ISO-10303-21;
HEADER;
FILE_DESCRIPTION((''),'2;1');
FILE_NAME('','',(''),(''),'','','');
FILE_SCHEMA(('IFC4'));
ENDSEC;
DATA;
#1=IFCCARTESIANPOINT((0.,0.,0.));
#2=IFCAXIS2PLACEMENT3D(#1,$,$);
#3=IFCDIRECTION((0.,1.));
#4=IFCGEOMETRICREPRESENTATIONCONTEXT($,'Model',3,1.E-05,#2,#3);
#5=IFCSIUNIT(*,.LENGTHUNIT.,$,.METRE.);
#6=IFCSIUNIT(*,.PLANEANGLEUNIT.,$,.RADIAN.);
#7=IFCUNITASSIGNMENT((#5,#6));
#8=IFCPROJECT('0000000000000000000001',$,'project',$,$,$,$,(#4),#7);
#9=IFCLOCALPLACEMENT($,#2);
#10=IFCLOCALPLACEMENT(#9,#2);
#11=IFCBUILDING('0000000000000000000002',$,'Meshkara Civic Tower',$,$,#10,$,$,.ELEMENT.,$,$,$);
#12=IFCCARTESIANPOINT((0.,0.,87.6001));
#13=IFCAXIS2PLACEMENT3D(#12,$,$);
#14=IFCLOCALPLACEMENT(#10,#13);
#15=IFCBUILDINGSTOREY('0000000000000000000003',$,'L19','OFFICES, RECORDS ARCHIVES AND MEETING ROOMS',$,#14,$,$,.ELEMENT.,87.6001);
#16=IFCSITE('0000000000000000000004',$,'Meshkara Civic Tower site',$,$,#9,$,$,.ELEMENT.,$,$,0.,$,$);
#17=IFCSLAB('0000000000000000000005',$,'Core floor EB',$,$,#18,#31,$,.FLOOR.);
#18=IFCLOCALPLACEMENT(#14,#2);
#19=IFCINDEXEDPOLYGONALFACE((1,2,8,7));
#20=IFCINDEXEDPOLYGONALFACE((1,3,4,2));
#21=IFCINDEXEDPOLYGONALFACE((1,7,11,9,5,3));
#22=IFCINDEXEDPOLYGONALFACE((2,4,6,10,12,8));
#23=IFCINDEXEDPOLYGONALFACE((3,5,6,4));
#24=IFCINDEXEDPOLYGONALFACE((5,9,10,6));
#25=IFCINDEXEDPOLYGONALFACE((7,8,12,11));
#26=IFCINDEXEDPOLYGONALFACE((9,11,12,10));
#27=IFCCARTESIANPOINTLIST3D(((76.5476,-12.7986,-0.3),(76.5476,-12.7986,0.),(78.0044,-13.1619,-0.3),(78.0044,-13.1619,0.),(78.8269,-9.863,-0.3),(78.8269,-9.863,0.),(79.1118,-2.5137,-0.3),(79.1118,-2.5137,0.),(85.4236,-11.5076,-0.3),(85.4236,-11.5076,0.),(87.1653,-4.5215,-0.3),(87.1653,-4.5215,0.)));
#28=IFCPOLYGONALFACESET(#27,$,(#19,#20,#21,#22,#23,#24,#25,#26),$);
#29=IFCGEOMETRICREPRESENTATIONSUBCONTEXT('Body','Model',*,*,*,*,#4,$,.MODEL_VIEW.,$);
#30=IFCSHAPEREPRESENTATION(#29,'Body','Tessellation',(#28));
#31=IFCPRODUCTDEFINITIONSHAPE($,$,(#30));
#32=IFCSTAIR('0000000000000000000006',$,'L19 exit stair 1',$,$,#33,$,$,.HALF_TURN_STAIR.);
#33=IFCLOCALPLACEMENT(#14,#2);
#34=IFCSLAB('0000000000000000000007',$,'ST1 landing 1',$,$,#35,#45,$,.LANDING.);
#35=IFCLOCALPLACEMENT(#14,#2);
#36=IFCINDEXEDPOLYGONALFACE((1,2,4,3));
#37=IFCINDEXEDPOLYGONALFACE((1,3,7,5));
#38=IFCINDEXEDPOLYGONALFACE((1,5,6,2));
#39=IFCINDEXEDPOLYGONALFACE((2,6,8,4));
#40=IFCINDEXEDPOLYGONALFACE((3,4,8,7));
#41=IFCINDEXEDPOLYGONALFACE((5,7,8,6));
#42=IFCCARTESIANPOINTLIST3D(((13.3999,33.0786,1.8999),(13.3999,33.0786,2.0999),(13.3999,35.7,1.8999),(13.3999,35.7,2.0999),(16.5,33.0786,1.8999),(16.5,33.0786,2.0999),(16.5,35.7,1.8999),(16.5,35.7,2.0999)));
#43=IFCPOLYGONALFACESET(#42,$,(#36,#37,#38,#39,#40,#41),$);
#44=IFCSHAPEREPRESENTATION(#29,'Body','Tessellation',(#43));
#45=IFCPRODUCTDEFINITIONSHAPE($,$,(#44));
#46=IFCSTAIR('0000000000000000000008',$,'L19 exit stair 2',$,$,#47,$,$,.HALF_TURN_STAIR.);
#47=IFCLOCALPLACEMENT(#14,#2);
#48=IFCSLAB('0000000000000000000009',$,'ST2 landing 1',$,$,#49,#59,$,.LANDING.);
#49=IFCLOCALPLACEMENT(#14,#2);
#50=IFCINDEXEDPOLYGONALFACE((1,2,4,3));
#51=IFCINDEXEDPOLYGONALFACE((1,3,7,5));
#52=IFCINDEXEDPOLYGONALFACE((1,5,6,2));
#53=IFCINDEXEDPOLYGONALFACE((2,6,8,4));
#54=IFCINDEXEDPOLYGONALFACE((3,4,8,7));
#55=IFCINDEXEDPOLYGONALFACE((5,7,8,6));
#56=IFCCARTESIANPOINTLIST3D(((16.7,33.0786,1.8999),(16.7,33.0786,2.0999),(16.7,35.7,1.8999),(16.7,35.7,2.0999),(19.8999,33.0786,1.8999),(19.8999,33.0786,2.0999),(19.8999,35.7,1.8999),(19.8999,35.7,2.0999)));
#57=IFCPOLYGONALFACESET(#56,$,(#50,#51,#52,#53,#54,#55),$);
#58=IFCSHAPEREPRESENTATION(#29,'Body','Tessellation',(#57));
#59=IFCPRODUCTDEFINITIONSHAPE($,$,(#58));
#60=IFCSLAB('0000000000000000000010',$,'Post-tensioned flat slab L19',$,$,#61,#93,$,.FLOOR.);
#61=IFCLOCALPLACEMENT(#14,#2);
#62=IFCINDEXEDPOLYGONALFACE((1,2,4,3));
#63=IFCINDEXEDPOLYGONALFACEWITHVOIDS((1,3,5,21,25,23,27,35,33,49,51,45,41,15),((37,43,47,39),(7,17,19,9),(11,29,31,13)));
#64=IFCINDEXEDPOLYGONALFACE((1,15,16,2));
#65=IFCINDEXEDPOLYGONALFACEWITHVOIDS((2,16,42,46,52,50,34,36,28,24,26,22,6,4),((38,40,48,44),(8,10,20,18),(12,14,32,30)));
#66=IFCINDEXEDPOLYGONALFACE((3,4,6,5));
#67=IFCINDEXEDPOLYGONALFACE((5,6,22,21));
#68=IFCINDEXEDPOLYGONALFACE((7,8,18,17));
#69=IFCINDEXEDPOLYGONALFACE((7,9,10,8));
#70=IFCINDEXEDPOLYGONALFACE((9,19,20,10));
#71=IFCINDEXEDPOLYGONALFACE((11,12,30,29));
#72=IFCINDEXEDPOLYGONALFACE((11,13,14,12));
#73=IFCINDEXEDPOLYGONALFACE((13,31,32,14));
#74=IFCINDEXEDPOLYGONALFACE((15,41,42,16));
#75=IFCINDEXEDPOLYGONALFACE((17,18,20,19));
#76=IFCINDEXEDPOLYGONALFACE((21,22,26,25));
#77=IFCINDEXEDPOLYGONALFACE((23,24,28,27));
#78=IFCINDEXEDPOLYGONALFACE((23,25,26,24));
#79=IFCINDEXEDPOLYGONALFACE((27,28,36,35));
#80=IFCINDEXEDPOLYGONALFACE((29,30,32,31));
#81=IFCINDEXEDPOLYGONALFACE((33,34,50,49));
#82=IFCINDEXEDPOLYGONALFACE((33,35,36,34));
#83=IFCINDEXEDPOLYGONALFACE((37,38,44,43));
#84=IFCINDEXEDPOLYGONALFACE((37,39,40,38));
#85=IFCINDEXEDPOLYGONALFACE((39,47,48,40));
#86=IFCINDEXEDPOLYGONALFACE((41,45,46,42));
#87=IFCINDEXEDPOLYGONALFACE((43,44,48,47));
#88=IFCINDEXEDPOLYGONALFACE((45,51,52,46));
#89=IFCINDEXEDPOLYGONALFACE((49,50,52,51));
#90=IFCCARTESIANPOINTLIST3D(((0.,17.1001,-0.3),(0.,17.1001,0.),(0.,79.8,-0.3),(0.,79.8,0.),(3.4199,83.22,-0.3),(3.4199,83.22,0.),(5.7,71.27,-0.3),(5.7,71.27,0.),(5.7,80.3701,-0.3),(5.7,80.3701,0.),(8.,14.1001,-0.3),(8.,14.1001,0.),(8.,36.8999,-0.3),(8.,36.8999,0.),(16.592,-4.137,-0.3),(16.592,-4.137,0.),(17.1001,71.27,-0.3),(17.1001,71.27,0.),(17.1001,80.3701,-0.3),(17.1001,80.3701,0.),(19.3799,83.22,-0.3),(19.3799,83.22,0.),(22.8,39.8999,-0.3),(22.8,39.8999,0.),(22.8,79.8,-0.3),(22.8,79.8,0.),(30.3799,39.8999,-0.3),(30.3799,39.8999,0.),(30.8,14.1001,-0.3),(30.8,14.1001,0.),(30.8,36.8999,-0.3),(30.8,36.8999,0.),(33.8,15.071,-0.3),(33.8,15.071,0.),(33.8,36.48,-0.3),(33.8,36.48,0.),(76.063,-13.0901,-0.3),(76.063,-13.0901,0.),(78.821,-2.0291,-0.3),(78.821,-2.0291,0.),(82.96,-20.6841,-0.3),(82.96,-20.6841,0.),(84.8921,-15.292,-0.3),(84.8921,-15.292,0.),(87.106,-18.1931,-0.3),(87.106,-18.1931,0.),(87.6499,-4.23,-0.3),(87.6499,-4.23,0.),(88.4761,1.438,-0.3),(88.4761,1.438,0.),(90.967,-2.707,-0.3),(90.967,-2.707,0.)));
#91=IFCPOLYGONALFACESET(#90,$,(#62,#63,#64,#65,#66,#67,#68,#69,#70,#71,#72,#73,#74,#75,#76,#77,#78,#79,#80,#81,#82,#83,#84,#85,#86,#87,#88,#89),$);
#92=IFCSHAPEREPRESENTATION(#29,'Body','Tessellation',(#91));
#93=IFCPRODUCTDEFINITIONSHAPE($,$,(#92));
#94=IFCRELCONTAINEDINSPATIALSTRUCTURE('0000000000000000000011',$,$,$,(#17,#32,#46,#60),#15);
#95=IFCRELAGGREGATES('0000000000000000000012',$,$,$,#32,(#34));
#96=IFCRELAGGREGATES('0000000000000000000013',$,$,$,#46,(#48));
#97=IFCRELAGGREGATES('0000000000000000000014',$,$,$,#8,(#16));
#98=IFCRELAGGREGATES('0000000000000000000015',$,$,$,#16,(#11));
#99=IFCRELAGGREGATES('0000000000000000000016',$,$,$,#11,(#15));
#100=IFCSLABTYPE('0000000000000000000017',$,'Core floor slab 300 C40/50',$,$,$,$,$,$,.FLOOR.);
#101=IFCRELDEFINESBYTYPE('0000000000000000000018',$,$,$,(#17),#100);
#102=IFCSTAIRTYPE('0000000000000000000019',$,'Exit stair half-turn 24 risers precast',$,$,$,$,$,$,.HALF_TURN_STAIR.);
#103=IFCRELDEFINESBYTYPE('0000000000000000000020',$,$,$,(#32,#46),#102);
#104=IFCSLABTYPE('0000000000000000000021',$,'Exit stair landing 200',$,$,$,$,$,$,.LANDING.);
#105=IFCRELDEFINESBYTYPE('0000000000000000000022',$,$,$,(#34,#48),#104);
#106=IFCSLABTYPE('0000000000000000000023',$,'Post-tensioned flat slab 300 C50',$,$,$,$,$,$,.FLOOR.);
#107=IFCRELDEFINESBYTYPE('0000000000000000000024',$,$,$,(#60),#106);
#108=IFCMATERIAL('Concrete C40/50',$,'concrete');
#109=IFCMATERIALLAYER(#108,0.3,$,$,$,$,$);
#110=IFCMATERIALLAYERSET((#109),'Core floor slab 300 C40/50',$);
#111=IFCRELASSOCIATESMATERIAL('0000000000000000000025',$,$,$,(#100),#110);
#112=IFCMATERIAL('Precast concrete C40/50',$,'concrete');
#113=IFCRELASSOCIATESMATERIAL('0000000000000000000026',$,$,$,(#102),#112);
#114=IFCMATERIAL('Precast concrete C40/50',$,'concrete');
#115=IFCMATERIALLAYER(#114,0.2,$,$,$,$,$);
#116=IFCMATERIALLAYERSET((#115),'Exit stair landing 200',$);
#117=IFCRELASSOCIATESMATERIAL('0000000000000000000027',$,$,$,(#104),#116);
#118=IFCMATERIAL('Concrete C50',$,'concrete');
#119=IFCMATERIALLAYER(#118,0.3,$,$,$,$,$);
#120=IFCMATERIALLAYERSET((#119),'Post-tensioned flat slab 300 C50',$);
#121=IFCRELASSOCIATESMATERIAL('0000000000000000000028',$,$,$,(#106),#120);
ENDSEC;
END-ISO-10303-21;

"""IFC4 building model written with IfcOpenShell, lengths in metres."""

from ifc_helpers import new_model, si_unit, direction, frame, origin, place, context, subcontext, project, spatial, polyline, outline, extrude, material, layer, layer_set, type_object, element, aggregate, save


model = new_model("IFC4")

# Units and contexts
model_context = context("Model", 3, precision=1e-05, world=origin(), true_north=direction((0.0, 1.0)))
body_context = subcontext(model_context, "Body", "Model", "MODEL_VIEW")
ifc_project = project(units=[si_unit("LENGTHUNIT", "METRE"), si_unit("PLANEANGLEUNIT", "RADIAN")], contexts=[model_context])

# Site, building, storey
site_placement = place(None, origin())
site = spatial("IfcSite", under=ifc_project, at=site_placement, Name="Meshkara Civic Tower site", CompositionType="ELEMENT", RefElevation=0.0)
building_placement = place(site_placement, origin())
building = spatial("IfcBuilding", under=site, at=building_placement, Name="Meshkara Civic Tower", CompositionType="ELEMENT")
storey_placement = place(building_placement, frame((0.0, 0.0, 87.6001)))
storey = spatial("IfcBuildingStorey", under=building, at=storey_placement, Name="L19", Description="OFFICES, RECORDS ARCHIVES AND MEETING ROOMS", CompositionType="ELEMENT", Elevation=87.6001)

# Slab
ifc_material_1 = material(Name="Concrete C40/50", Category="concrete")
ifc_layer_1 = layer(ifc_material_1, 0.3)
ifc_layer_set_1 = layer_set([ifc_layer_1], Name="Core floor slab 300 C40/50")
slab_type_1 = type_object("IfcSlabType", Name="Core floor slab 300 C40/50", PredefinedType="FLOOR", material=ifc_layer_set_1)
slab_1_placement = place(storey_placement, frame((0.0, 0.0, -0.3)))
element("IfcSlab", 1, at=slab_1_placement, inside=storey, type_object=slab_type_1, Name="Core floor EB", PredefinedType="FLOOR", context=body_context, shape_type="SweptSolid", body=[
    extrude(outline(polyline([(79.1118, -2.5137), (87.1653, -4.5215), (85.4236, -11.5076), (78.8269, -9.863), (78.0044, -13.1619), (76.5476, -12.7986), (79.1118, -2.5137)])), origin(), (0.0, 0.0, 1.0), 0.3),
])

# Stairs, slabs
ifc_material_2 = material(Name="Precast concrete C40/50", Category="concrete")
stair_type = type_object("IfcStairType", Name="Exit stair half-turn 24 risers precast", PredefinedType="HALF_TURN_STAIR", material=ifc_material_2)
stair_1_placement = place(storey_placement, origin())
stair_1 = element("IfcStair", 2, at=stair_1_placement, inside=storey, type_object=stair_type, Name="L19 exit stair 1", PredefinedType="HALF_TURN_STAIR")
ifc_material_3 = material(Name="Precast concrete C40/50", Category="concrete")
ifc_layer_2 = layer(ifc_material_3, 0.2)
ifc_layer_set_2 = layer_set([ifc_layer_2], Name="Exit stair landing 200")
slab_type_2 = type_object("IfcSlabType", Name="Exit stair landing 200", PredefinedType="LANDING", material=ifc_layer_set_2)
slab_2_placement = place(storey_placement, frame((0.0, 0.0, 1.8999)))
slab_2 = element("IfcSlab", 3, at=slab_2_placement, type_object=slab_type_2, Name="ST1 landing 1", PredefinedType="LANDING", context=body_context, shape_type="SweptSolid", body=[
    extrude(outline(polyline([(16.5, 33.0786), (16.5, 35.7), (13.3999, 35.7), (13.3999, 33.0786), (16.5, 33.0786)])), origin(), (0.0, 0.0, 1.0), 0.2),
])
aggregate(stair_1, [slab_2])
stair_2_placement = place(storey_placement, origin())
stair_2 = element("IfcStair", 4, at=stair_2_placement, inside=storey, type_object=stair_type, Name="L19 exit stair 2", PredefinedType="HALF_TURN_STAIR")
slab_3_placement = place(storey_placement, frame((0.0, 0.0, 1.8999)))
slab_3 = element("IfcSlab", 5, at=slab_3_placement, type_object=slab_type_2, Name="ST2 landing 1", PredefinedType="LANDING", context=body_context, shape_type="SweptSolid", body=[
    extrude(outline(polyline([(19.8999, 33.0786), (19.8999, 35.7), (16.7, 35.7), (16.7, 33.0786), (19.8999, 33.0786)])), origin(), (0.0, 0.0, 1.0), 0.2),
])
aggregate(stair_2, [slab_3])

# Slab
ifc_material_4 = material(Name="Concrete C50", Category="concrete")
ifc_layer_3 = layer(ifc_material_4, 0.3)
ifc_layer_set_3 = layer_set([ifc_layer_3], Name="Post-tensioned flat slab 300 C50")
slab_type_3 = type_object("IfcSlabType", Name="Post-tensioned flat slab 300 C50", PredefinedType="FLOOR", material=ifc_layer_set_3)
slab_4_placement = place(storey_placement, frame((0.0, 0.0, -0.3)))
element("IfcSlab", 6, at=slab_4_placement, inside=storey, type_object=slab_type_3, Name="Post-tensioned flat slab L19", PredefinedType="FLOOR", context=body_context, shape_type="SweptSolid", body=[
    extrude(outline(polyline([(87.106, -18.1931), (82.96, -20.6841), (16.592, -4.137), (0.0, 17.1001), (0.0, 79.8), (3.4199, 83.22), (19.3799, 83.22), (22.8, 79.8), (22.8, 39.8999), (30.3799, 39.8999), (33.8, 36.48), (33.8, 15.071), (88.4761, 1.438), (90.967, -2.707), (87.106, -18.1931)]), holes=[polyline([(84.8921, -15.292), (87.6499, -4.23), (78.821, -2.0291), (76.063, -13.0901), (84.8921, -15.292)]), polyline([(8.0, 14.1001), (30.8, 14.1001), (30.8, 36.8999), (8.0, 36.8999), (8.0, 14.1001)]), polyline([(5.7, 80.3701), (5.7, 71.27), (17.1001, 71.27), (17.1001, 80.3701), (5.7, 80.3701)])]), origin(), (0.0, 0.0, 1.0), 0.3),
])

save(model, "model.ifc")
